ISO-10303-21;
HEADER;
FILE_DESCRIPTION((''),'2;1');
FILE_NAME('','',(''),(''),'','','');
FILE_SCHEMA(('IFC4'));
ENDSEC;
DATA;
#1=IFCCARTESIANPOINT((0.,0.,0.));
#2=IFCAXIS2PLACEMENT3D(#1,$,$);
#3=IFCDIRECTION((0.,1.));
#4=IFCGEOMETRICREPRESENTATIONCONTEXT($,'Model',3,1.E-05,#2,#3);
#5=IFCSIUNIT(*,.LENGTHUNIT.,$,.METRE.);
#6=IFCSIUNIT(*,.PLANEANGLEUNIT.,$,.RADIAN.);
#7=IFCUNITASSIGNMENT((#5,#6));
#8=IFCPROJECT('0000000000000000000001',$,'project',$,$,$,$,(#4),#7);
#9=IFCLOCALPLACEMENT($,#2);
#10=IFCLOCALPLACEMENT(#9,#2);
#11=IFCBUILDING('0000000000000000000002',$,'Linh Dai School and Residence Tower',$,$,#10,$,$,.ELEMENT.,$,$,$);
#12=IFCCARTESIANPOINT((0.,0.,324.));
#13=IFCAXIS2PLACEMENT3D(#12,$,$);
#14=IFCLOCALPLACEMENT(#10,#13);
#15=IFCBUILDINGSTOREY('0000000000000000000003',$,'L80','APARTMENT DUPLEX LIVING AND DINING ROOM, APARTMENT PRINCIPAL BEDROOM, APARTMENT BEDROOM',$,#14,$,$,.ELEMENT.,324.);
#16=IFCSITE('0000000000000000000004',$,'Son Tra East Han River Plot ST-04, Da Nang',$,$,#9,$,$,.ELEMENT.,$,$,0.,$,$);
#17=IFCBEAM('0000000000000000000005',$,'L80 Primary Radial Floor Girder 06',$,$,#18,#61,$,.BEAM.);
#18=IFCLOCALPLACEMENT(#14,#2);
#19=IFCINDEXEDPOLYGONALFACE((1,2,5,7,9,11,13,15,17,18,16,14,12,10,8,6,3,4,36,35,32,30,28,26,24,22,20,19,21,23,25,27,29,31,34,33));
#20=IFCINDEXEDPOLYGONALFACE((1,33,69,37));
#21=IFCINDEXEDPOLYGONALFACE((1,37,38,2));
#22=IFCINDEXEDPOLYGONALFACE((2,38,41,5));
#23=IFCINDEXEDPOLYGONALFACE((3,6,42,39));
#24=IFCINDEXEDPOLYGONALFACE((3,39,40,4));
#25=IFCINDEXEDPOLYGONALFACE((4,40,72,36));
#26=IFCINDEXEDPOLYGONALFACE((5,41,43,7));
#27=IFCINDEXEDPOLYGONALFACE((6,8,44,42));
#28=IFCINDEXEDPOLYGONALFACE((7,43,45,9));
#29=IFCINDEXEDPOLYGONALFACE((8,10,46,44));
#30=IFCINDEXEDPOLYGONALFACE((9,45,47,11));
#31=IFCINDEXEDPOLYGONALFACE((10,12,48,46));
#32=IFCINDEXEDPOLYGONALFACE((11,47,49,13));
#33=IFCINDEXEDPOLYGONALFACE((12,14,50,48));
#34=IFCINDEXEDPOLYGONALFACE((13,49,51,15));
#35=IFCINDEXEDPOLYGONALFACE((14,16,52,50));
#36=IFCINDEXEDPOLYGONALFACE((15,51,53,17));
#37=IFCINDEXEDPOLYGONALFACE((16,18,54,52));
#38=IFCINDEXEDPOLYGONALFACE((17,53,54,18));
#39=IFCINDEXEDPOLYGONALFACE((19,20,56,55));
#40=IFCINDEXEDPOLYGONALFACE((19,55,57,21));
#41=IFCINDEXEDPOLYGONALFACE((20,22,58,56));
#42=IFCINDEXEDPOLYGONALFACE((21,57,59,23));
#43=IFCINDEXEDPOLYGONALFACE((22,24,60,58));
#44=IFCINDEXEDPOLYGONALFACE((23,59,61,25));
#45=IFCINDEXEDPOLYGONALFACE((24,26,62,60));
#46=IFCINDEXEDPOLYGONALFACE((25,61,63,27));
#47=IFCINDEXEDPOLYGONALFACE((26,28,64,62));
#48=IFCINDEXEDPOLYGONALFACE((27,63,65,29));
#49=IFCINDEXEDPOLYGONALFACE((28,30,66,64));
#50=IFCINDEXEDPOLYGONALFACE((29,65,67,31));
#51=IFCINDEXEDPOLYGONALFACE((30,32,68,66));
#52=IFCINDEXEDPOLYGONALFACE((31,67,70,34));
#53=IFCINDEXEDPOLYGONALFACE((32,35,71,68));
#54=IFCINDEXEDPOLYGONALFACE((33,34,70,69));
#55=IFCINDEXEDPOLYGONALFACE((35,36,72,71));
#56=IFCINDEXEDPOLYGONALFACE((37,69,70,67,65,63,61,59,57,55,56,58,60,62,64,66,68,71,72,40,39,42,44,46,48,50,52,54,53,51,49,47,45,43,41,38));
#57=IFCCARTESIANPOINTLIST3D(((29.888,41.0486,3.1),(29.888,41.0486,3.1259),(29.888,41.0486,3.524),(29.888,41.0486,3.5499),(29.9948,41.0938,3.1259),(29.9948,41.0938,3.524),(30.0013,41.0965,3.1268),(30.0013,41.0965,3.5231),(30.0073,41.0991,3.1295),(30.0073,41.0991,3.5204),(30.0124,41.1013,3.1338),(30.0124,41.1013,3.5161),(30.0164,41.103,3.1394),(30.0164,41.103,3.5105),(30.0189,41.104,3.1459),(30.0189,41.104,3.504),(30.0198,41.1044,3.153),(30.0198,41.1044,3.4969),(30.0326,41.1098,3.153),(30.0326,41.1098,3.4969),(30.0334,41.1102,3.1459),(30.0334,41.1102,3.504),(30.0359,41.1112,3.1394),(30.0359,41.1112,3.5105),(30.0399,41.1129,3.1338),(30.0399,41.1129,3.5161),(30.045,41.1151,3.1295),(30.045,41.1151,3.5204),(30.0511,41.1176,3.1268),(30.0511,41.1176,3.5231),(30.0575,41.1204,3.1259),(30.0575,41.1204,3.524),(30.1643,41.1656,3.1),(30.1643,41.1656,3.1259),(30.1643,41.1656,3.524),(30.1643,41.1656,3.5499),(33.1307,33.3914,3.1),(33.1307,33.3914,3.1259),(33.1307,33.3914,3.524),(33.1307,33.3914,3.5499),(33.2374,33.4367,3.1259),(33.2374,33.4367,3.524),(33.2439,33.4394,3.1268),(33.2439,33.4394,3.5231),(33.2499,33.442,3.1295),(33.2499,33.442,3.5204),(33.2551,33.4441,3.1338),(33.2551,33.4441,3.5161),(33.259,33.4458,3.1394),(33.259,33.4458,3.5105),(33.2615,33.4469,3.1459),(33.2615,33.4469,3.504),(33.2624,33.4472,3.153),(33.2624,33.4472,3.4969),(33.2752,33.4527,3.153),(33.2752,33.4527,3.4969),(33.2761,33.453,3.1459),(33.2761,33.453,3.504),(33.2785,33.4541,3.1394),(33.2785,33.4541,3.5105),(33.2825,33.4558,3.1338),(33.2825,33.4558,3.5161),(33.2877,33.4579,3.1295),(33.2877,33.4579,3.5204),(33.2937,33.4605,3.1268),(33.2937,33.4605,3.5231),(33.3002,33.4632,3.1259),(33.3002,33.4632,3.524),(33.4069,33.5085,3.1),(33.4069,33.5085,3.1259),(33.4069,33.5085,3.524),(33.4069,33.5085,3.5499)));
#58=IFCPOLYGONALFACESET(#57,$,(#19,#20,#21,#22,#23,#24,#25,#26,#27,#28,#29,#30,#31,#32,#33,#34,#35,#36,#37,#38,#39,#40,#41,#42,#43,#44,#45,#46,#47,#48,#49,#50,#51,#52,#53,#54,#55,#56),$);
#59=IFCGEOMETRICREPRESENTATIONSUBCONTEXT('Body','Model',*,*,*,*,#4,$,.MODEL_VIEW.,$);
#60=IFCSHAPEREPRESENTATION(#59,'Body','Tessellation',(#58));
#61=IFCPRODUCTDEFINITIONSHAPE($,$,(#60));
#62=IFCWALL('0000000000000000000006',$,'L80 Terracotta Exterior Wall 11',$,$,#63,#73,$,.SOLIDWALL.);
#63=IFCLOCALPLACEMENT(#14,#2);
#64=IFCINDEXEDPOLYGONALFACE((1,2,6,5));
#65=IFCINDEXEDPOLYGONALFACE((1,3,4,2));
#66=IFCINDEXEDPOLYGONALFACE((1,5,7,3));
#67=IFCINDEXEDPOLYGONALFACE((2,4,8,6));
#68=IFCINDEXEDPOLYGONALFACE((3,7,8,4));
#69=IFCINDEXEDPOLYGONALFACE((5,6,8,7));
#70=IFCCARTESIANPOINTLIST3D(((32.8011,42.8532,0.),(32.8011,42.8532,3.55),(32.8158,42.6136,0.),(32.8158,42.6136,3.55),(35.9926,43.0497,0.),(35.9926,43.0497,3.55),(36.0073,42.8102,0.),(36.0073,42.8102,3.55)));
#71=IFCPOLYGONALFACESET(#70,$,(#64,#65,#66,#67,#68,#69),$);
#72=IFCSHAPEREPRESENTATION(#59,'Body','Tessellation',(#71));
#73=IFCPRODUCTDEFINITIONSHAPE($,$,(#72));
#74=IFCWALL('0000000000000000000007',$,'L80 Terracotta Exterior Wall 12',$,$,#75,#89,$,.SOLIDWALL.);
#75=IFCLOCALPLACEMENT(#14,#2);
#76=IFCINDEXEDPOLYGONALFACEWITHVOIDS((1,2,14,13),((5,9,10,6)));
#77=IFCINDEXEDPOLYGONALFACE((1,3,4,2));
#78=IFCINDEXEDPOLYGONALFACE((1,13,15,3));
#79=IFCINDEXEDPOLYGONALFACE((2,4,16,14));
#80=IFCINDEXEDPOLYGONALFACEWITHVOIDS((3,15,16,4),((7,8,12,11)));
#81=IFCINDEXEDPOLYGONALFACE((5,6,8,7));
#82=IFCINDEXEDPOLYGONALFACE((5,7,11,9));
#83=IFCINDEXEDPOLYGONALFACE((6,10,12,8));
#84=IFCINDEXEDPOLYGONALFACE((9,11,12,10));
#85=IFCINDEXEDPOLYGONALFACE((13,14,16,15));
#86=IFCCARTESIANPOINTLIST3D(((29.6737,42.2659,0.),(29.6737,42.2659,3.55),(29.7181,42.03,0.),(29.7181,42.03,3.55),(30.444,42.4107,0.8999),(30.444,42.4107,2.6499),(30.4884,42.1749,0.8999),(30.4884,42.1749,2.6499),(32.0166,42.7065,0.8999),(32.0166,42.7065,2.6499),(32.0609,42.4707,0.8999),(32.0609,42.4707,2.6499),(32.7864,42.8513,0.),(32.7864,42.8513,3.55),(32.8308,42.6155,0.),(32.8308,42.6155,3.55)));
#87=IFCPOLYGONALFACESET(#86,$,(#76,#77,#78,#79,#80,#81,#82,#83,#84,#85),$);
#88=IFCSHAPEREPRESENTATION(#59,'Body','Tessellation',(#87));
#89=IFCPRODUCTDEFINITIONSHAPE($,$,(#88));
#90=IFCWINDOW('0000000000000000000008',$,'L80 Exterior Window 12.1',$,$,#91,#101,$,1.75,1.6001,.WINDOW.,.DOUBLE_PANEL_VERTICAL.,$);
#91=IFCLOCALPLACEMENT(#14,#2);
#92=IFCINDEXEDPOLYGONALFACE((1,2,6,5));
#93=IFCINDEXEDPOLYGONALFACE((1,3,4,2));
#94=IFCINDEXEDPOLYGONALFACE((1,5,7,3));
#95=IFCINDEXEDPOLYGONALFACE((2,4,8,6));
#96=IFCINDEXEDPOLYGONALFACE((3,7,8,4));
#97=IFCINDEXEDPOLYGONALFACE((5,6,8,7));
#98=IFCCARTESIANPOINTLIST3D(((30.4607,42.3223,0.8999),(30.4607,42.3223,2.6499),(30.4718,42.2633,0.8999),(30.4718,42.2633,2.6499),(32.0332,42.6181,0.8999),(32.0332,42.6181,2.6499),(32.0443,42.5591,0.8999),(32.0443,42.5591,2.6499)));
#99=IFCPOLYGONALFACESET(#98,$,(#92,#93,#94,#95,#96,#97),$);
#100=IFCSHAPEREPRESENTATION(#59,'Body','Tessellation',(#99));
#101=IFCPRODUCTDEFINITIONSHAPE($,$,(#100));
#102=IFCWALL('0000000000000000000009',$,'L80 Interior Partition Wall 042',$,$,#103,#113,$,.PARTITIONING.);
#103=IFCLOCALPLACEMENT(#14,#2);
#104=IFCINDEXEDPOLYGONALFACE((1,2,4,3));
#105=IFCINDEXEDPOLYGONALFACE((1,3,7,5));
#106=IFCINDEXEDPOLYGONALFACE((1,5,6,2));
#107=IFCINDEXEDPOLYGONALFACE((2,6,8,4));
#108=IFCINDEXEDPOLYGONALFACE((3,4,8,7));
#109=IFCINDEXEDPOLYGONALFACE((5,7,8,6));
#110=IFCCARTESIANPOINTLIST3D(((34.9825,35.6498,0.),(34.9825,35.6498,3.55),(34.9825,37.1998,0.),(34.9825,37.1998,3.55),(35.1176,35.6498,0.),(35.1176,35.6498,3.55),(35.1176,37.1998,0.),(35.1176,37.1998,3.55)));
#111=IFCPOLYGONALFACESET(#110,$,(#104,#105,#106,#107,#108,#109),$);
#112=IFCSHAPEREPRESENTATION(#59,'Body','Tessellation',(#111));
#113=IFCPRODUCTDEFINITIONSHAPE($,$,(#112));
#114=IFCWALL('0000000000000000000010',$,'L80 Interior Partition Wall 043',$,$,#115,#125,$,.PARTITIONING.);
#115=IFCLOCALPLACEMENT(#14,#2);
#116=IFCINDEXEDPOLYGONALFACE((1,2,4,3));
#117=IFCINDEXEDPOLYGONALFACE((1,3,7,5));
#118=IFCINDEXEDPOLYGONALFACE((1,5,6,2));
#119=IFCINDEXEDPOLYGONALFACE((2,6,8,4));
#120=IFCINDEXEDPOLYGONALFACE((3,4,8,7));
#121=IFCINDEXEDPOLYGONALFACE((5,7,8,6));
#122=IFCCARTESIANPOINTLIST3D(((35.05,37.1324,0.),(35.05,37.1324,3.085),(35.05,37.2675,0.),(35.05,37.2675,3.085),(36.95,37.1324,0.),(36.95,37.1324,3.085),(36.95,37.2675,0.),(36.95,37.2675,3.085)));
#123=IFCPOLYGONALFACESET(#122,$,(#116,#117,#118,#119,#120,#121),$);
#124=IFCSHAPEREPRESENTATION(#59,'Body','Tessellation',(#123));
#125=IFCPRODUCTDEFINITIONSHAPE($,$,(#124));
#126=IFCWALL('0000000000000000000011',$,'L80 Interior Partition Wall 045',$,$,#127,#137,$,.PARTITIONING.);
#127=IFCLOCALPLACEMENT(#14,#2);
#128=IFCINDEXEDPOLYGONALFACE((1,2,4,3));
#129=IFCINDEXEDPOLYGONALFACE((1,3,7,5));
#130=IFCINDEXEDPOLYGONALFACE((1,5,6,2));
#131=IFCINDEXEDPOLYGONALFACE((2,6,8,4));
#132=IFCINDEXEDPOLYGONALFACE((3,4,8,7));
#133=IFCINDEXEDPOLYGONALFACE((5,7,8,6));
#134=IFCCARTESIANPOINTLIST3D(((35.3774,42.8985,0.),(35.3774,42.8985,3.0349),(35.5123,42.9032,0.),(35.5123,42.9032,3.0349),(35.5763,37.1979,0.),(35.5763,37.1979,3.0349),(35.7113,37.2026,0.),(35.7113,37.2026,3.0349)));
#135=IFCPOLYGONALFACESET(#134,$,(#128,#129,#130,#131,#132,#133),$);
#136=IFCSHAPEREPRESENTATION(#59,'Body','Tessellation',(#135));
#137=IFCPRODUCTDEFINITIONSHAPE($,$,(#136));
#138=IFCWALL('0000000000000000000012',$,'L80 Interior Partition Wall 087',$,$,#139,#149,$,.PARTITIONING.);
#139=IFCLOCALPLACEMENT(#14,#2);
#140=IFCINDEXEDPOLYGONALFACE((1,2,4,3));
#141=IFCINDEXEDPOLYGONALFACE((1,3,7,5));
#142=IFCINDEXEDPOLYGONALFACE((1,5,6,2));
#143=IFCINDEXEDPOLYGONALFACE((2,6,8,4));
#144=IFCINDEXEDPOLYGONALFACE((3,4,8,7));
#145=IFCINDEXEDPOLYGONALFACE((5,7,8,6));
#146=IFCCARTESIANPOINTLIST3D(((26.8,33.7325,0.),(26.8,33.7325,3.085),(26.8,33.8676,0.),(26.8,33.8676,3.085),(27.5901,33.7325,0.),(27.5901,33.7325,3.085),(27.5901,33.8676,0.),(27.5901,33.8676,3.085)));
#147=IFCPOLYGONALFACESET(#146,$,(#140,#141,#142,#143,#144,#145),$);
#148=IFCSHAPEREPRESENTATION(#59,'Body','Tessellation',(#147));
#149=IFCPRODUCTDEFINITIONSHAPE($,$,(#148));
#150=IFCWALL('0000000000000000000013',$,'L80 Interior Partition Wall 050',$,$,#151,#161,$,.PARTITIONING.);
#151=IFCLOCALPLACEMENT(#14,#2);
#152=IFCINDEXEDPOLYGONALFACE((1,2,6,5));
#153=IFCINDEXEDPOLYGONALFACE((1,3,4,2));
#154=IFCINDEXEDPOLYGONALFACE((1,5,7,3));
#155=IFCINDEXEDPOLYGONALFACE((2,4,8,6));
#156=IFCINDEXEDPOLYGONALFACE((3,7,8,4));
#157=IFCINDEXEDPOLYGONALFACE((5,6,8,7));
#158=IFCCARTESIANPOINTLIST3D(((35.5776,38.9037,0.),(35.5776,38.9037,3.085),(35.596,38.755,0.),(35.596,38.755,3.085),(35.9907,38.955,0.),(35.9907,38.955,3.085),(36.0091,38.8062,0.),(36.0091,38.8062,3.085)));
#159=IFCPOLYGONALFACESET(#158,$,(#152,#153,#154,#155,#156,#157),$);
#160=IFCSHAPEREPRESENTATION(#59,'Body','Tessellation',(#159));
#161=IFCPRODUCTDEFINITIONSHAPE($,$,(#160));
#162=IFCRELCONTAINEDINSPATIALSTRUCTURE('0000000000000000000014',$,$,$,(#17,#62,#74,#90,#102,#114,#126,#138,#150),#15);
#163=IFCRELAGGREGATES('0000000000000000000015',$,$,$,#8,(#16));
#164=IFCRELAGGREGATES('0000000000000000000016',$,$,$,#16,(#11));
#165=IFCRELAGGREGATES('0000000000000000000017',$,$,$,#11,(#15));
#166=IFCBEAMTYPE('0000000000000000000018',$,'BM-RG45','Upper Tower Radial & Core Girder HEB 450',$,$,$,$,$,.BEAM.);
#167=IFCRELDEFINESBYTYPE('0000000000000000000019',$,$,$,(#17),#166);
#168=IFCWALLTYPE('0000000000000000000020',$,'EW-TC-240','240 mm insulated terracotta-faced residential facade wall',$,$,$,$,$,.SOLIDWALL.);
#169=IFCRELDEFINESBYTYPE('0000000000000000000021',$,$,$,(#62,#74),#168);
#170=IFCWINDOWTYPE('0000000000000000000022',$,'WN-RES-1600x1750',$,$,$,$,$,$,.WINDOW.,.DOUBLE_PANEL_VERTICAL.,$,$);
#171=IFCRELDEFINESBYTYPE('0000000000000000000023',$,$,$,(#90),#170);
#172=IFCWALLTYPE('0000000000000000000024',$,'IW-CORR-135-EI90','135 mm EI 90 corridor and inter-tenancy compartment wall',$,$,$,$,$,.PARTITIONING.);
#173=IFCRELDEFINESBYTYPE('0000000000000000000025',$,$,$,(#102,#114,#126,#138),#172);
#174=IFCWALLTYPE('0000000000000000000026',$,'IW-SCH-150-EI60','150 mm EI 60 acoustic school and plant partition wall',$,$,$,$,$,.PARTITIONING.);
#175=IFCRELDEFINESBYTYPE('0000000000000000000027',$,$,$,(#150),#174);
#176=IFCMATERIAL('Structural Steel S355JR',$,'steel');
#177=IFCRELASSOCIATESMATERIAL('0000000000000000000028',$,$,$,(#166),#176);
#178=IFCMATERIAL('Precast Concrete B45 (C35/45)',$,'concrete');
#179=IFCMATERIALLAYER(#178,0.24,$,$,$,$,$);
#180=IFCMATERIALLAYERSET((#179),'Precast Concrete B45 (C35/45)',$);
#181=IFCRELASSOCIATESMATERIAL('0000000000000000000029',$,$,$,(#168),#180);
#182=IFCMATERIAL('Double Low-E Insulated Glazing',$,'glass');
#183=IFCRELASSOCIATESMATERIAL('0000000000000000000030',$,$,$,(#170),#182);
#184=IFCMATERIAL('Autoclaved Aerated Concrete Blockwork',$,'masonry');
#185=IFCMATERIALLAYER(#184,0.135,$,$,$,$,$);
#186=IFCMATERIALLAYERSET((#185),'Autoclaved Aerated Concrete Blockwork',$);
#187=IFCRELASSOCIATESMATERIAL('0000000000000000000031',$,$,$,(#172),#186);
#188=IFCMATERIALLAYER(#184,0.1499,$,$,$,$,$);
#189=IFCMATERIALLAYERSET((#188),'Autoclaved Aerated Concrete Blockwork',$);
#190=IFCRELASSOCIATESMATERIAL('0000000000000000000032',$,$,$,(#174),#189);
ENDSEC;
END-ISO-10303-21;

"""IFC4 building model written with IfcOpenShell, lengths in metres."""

from ifc_helpers import new_model, si_unit, direction, frame, frame_2d, origin, origin_2d, place, context, subcontext, project, spatial, rectangle, i_section, extrude, source, transform, mapped, material, layer, layer_set, material_profile, profile_set, type_object, element, fill, save


model = new_model("IFC4")

# Units and contexts
model_context = context("Model", 3, precision=1e-05, world=origin(), true_north=direction((0.0, 1.0)))
body_context = subcontext(model_context, "Body", "Model", "MODEL_VIEW")
ifc_project = project(units=[si_unit("LENGTHUNIT", "METRE"), si_unit("PLANEANGLEUNIT", "RADIAN")], contexts=[model_context])

# Site, building, storey
site_placement = place(None, origin())
site = spatial("IfcSite", under=ifc_project, at=site_placement, Name="Son Tra East Han River Plot ST-04, Da Nang", CompositionType="ELEMENT", RefElevation=0.0)
building_placement = place(site_placement, origin())
building = spatial("IfcBuilding", under=site, at=building_placement, Name="Linh Dai School and Residence Tower", CompositionType="ELEMENT")
storey_placement = place(building_placement, frame((0.0, 0.0, 324.0)))
storey = spatial("IfcBuildingStorey", under=building, at=storey_placement, Name="L80", Description="APARTMENT DUPLEX LIVING AND DINING ROOM, APARTMENT PRINCIPAL BEDROOM, APARTMENT BEDROOM", CompositionType="ELEMENT", Elevation=324.0)

# Shared definitions
ifc_material_1 = material(Name="Structural Steel S355JR", Category="steel")

# Beam
ifc_material_profile_1 = material_profile(ifc_material_1, i_section(OverallWidth=0.3, OverallDepth=0.45, WebThickness=0.0139, FlangeThickness=0.0259, FilletRadius=0.0271, at=origin_2d()), Name="HEB 450")
ifc_profile_set_1 = profile_set([ifc_material_profile_1], Name="Structural Steel S355JR")
beam_type_1 = type_object("IfcBeamType", Name="BM-RG45", Description="Upper Tower Radial & Core Girder HEB 450", PredefinedType="BEAM", material=ifc_profile_set_1)
beam_1_placement = place(storey_placement, frame((33.2688, 33.45, 3.325), z_axis=(-0.389954, 0.920834, 0.0), x_axis=(-0.920834, -0.389954, 0.0)))
element("IfcBeam", 1, at=beam_1_placement, inside=storey, type_object=beam_type_1, Name="L80 Primary Radial Floor Girder 06", PredefinedType="BEAM", context=body_context, shape_type="SweptSolid", body=[
    extrude(i_section(OverallWidth=0.3, OverallDepth=0.45, WebThickness=0.0139, FlangeThickness=0.0259, FilletRadius=0.0271, at=origin_2d()), origin(), (0.0, 0.0, 1.0), 8.3154),
])

# Wall
ifc_material_2 = material(Name="Precast Concrete B45 (C35/45)", Category="concrete")
ifc_layer_1 = layer(ifc_material_2, 0.24)
ifc_layer_set_1 = layer_set([ifc_layer_1], Name="Precast Concrete B45 (C35/45)")
wall_type_1 = type_object("IfcWallType", Name="EW-TC-240", Description="240 mm insulated terracotta-faced residential facade wall", PredefinedType="SOLIDWALL", material=ifc_layer_set_1)
wall_1_placement = place(storey_placement, frame((32.8086, 42.7334, 0.0), z_axis=(0.0, 0.0, 1.0), x_axis=(0.998109, 0.061466, 0.0)))
element("IfcWall", 2, at=wall_1_placement, inside=storey, type_object=wall_type_1, Name="L80 Terracotta Exterior Wall 11", PredefinedType="SOLIDWALL", context=body_context, shape_type="SweptSolid", body=[
    extrude(rectangle(XDim=3.1975, YDim=0.24, at=frame_2d((1.5986, 0.0))), origin(), (0.0, 0.0, 1.0), 3.55),
])

# Wall, opening, window
wall_2_placement = place(storey_placement, frame((29.696, 42.1479, 0.0), z_axis=(0.0, 0.0, 1.0), x_axis=(0.982766, 0.184852, 0.0)))
wall_2 = element("IfcWall", 3, at=wall_2_placement, inside=storey, type_object=wall_type_1, Name="L80 Terracotta Exterior Wall 12", PredefinedType="SOLIDWALL", context=body_context, shape_type="SweptSolid", body=[
    extrude(rectangle(XDim=3.1672, YDim=0.24, at=frame_2d((1.5835, 0.0))), origin(), (0.0, 0.0, 1.0), 3.55),
])
opening_1_placement = place(wall_2_placement, frame((0.7837, 0.0, 0.8999)))
opening_1 = element("IfcOpeningElement", 4, at=opening_1_placement, cuts=wall_2, PredefinedType="OPENING", context=body_context, shape_type="SweptSolid", body=[
    extrude(rectangle(XDim=1.6001, YDim=1.75, at=origin_2d()), frame((0.8, 0.1299, 0.875), z_axis=(0.0, -1.0, 0.0), x_axis=(1.0, 0.0, 0.0)), (0.0, 0.0, 1.0), 0.26),
])
ifc_material_3 = material(Name="Double Low-E Insulated Glazing", Category="glass")
window_type = type_object("IfcWindowType", Name="WN-RES-1600x1750", PartitioningType="DOUBLE_PANEL_VERTICAL", PredefinedType="WINDOW", material=ifc_material_3)
shared_shape_1 = source(origin(), body_context, "Body", "SweptSolid", [
    extrude(rectangle(XDim=1.6001, YDim=1.75, at=origin_2d()), frame((0.8, 0.03, 0.875), z_axis=(0.0, -1.0, 0.0), x_axis=(1.0, 0.0, 0.0)), (0.0, 0.0, 1.0), 0.0601),
])
window_placement = place(opening_1_placement, origin())
window = element("IfcWindow", 5, at=window_placement, inside=storey, type_object=window_type, Name="L80 Exterior Window 12.1", OverallHeight=1.75, OverallWidth=1.6001, PartitioningType="DOUBLE_PANEL_VERTICAL", PredefinedType="WINDOW", context=body_context, shape_type="MappedRepresentation", body=[
    mapped(shared_shape_1, transform((0.0, 0.0, 0.0), x_axis=(1.0, 0.0, 0.0), y_axis=(0.0, 1.0, 0.0), z_axis=(0.0, 0.0, 1.0), scale=1.0)),
])
fill(opening_1, window)

# Walls
ifc_material_4 = material(Name="Autoclaved Aerated Concrete Blockwork", Category="masonry")
ifc_layer_2 = layer(ifc_material_4, 0.135)
ifc_layer_set_2 = layer_set([ifc_layer_2], Name="Autoclaved Aerated Concrete Blockwork")
wall_type_2 = type_object("IfcWallType", Name="IW-CORR-135-EI90", Description="135 mm EI 90 corridor and inter-tenancy compartment wall", PredefinedType="PARTITIONING", material=ifc_layer_set_2)
wall_3_placement = place(storey_placement, frame((35.05, 35.6499, 0.0), z_axis=(0.0, 0.0, 1.0), x_axis=(0.0, 1.0, 0.0)))
element("IfcWall", 6, at=wall_3_placement, inside=storey, type_object=wall_type_2, Name="L80 Interior Partition Wall 042", PredefinedType="PARTITIONING", context=body_context, shape_type="SweptSolid", body=[
    extrude(rectangle(XDim=1.55, YDim=0.135, at=frame_2d((0.7749, 0.0))), origin(), (0.0, 0.0, 1.0), 3.55),
])
wall_4_placement = place(storey_placement, frame((35.05, 37.2, 0.0), z_axis=(0.0, 0.0, 1.0), x_axis=(1.0, 0.0, 0.0)))
element("IfcWall", 7, at=wall_4_placement, inside=storey, type_object=wall_type_2, Name="L80 Interior Partition Wall 043", PredefinedType="PARTITIONING", context=body_context, shape_type="SweptSolid", body=[
    extrude(rectangle(XDim=1.8999, YDim=0.135, at=frame_2d((0.95, 0.0))), origin(), (0.0, 0.0, 1.0), 3.085),
])
wall_5_placement = place(storey_placement, frame((35.4448, 42.9009, 0.0), z_axis=(0.0, 0.0, 1.0), x_axis=(0.034882, -0.999391, 0.0)))
element("IfcWall", 8, at=wall_5_placement, inside=storey, type_object=wall_type_2, Name="L80 Interior Partition Wall 045", PredefinedType="PARTITIONING", context=body_context, shape_type="SweptSolid", body=[
    extrude(rectangle(XDim=5.7041, YDim=0.135, at=frame_2d((2.8521, 0.0))), origin(), (0.0, 0.0, 1.0), 3.0349),
])
wall_6_placement = place(storey_placement, frame((27.5901, 33.8, 0.0), z_axis=(0.0, 0.0, 1.0), x_axis=(-1.0, 0.0, 0.0)))
element("IfcWall", 9, at=wall_6_placement, inside=storey, type_object=wall_type_2, Name="L80 Interior Partition Wall 087", PredefinedType="PARTITIONING", context=body_context, shape_type="SweptSolid", body=[
    extrude(rectangle(XDim=0.79, YDim=0.135, at=frame_2d((0.395, 0.0))), origin(), (0.0, 0.0, 1.0), 3.085),
])
ifc_layer_3 = layer(ifc_material_4, 0.1499)
ifc_layer_set_3 = layer_set([ifc_layer_3], Name="Autoclaved Aerated Concrete Blockwork")
wall_type_3 = type_object("IfcWallType", Name="IW-SCH-150-EI60", Description="150 mm EI 60 acoustic school and plant partition wall", PredefinedType="PARTITIONING", material=ifc_layer_set_3)
wall_7_placement = place(storey_placement, frame((35.5869, 38.8293, 0.0), z_axis=(0.0, 0.0, 1.0), x_axis=(0.992386, 0.123168, 0.0)))
element("IfcWall", 10, at=wall_7_placement, inside=storey, type_object=wall_type_3, Name="L80 Interior Partition Wall 050", PredefinedType="PARTITIONING", context=body_context, shape_type="SweptSolid", body=[
    extrude(rectangle(XDim=0.4163, YDim=0.1499, at=frame_2d((0.208, 0.0))), origin(), (0.0, 0.0, 1.0), 3.085),
])

save(model, "model.ifc")
